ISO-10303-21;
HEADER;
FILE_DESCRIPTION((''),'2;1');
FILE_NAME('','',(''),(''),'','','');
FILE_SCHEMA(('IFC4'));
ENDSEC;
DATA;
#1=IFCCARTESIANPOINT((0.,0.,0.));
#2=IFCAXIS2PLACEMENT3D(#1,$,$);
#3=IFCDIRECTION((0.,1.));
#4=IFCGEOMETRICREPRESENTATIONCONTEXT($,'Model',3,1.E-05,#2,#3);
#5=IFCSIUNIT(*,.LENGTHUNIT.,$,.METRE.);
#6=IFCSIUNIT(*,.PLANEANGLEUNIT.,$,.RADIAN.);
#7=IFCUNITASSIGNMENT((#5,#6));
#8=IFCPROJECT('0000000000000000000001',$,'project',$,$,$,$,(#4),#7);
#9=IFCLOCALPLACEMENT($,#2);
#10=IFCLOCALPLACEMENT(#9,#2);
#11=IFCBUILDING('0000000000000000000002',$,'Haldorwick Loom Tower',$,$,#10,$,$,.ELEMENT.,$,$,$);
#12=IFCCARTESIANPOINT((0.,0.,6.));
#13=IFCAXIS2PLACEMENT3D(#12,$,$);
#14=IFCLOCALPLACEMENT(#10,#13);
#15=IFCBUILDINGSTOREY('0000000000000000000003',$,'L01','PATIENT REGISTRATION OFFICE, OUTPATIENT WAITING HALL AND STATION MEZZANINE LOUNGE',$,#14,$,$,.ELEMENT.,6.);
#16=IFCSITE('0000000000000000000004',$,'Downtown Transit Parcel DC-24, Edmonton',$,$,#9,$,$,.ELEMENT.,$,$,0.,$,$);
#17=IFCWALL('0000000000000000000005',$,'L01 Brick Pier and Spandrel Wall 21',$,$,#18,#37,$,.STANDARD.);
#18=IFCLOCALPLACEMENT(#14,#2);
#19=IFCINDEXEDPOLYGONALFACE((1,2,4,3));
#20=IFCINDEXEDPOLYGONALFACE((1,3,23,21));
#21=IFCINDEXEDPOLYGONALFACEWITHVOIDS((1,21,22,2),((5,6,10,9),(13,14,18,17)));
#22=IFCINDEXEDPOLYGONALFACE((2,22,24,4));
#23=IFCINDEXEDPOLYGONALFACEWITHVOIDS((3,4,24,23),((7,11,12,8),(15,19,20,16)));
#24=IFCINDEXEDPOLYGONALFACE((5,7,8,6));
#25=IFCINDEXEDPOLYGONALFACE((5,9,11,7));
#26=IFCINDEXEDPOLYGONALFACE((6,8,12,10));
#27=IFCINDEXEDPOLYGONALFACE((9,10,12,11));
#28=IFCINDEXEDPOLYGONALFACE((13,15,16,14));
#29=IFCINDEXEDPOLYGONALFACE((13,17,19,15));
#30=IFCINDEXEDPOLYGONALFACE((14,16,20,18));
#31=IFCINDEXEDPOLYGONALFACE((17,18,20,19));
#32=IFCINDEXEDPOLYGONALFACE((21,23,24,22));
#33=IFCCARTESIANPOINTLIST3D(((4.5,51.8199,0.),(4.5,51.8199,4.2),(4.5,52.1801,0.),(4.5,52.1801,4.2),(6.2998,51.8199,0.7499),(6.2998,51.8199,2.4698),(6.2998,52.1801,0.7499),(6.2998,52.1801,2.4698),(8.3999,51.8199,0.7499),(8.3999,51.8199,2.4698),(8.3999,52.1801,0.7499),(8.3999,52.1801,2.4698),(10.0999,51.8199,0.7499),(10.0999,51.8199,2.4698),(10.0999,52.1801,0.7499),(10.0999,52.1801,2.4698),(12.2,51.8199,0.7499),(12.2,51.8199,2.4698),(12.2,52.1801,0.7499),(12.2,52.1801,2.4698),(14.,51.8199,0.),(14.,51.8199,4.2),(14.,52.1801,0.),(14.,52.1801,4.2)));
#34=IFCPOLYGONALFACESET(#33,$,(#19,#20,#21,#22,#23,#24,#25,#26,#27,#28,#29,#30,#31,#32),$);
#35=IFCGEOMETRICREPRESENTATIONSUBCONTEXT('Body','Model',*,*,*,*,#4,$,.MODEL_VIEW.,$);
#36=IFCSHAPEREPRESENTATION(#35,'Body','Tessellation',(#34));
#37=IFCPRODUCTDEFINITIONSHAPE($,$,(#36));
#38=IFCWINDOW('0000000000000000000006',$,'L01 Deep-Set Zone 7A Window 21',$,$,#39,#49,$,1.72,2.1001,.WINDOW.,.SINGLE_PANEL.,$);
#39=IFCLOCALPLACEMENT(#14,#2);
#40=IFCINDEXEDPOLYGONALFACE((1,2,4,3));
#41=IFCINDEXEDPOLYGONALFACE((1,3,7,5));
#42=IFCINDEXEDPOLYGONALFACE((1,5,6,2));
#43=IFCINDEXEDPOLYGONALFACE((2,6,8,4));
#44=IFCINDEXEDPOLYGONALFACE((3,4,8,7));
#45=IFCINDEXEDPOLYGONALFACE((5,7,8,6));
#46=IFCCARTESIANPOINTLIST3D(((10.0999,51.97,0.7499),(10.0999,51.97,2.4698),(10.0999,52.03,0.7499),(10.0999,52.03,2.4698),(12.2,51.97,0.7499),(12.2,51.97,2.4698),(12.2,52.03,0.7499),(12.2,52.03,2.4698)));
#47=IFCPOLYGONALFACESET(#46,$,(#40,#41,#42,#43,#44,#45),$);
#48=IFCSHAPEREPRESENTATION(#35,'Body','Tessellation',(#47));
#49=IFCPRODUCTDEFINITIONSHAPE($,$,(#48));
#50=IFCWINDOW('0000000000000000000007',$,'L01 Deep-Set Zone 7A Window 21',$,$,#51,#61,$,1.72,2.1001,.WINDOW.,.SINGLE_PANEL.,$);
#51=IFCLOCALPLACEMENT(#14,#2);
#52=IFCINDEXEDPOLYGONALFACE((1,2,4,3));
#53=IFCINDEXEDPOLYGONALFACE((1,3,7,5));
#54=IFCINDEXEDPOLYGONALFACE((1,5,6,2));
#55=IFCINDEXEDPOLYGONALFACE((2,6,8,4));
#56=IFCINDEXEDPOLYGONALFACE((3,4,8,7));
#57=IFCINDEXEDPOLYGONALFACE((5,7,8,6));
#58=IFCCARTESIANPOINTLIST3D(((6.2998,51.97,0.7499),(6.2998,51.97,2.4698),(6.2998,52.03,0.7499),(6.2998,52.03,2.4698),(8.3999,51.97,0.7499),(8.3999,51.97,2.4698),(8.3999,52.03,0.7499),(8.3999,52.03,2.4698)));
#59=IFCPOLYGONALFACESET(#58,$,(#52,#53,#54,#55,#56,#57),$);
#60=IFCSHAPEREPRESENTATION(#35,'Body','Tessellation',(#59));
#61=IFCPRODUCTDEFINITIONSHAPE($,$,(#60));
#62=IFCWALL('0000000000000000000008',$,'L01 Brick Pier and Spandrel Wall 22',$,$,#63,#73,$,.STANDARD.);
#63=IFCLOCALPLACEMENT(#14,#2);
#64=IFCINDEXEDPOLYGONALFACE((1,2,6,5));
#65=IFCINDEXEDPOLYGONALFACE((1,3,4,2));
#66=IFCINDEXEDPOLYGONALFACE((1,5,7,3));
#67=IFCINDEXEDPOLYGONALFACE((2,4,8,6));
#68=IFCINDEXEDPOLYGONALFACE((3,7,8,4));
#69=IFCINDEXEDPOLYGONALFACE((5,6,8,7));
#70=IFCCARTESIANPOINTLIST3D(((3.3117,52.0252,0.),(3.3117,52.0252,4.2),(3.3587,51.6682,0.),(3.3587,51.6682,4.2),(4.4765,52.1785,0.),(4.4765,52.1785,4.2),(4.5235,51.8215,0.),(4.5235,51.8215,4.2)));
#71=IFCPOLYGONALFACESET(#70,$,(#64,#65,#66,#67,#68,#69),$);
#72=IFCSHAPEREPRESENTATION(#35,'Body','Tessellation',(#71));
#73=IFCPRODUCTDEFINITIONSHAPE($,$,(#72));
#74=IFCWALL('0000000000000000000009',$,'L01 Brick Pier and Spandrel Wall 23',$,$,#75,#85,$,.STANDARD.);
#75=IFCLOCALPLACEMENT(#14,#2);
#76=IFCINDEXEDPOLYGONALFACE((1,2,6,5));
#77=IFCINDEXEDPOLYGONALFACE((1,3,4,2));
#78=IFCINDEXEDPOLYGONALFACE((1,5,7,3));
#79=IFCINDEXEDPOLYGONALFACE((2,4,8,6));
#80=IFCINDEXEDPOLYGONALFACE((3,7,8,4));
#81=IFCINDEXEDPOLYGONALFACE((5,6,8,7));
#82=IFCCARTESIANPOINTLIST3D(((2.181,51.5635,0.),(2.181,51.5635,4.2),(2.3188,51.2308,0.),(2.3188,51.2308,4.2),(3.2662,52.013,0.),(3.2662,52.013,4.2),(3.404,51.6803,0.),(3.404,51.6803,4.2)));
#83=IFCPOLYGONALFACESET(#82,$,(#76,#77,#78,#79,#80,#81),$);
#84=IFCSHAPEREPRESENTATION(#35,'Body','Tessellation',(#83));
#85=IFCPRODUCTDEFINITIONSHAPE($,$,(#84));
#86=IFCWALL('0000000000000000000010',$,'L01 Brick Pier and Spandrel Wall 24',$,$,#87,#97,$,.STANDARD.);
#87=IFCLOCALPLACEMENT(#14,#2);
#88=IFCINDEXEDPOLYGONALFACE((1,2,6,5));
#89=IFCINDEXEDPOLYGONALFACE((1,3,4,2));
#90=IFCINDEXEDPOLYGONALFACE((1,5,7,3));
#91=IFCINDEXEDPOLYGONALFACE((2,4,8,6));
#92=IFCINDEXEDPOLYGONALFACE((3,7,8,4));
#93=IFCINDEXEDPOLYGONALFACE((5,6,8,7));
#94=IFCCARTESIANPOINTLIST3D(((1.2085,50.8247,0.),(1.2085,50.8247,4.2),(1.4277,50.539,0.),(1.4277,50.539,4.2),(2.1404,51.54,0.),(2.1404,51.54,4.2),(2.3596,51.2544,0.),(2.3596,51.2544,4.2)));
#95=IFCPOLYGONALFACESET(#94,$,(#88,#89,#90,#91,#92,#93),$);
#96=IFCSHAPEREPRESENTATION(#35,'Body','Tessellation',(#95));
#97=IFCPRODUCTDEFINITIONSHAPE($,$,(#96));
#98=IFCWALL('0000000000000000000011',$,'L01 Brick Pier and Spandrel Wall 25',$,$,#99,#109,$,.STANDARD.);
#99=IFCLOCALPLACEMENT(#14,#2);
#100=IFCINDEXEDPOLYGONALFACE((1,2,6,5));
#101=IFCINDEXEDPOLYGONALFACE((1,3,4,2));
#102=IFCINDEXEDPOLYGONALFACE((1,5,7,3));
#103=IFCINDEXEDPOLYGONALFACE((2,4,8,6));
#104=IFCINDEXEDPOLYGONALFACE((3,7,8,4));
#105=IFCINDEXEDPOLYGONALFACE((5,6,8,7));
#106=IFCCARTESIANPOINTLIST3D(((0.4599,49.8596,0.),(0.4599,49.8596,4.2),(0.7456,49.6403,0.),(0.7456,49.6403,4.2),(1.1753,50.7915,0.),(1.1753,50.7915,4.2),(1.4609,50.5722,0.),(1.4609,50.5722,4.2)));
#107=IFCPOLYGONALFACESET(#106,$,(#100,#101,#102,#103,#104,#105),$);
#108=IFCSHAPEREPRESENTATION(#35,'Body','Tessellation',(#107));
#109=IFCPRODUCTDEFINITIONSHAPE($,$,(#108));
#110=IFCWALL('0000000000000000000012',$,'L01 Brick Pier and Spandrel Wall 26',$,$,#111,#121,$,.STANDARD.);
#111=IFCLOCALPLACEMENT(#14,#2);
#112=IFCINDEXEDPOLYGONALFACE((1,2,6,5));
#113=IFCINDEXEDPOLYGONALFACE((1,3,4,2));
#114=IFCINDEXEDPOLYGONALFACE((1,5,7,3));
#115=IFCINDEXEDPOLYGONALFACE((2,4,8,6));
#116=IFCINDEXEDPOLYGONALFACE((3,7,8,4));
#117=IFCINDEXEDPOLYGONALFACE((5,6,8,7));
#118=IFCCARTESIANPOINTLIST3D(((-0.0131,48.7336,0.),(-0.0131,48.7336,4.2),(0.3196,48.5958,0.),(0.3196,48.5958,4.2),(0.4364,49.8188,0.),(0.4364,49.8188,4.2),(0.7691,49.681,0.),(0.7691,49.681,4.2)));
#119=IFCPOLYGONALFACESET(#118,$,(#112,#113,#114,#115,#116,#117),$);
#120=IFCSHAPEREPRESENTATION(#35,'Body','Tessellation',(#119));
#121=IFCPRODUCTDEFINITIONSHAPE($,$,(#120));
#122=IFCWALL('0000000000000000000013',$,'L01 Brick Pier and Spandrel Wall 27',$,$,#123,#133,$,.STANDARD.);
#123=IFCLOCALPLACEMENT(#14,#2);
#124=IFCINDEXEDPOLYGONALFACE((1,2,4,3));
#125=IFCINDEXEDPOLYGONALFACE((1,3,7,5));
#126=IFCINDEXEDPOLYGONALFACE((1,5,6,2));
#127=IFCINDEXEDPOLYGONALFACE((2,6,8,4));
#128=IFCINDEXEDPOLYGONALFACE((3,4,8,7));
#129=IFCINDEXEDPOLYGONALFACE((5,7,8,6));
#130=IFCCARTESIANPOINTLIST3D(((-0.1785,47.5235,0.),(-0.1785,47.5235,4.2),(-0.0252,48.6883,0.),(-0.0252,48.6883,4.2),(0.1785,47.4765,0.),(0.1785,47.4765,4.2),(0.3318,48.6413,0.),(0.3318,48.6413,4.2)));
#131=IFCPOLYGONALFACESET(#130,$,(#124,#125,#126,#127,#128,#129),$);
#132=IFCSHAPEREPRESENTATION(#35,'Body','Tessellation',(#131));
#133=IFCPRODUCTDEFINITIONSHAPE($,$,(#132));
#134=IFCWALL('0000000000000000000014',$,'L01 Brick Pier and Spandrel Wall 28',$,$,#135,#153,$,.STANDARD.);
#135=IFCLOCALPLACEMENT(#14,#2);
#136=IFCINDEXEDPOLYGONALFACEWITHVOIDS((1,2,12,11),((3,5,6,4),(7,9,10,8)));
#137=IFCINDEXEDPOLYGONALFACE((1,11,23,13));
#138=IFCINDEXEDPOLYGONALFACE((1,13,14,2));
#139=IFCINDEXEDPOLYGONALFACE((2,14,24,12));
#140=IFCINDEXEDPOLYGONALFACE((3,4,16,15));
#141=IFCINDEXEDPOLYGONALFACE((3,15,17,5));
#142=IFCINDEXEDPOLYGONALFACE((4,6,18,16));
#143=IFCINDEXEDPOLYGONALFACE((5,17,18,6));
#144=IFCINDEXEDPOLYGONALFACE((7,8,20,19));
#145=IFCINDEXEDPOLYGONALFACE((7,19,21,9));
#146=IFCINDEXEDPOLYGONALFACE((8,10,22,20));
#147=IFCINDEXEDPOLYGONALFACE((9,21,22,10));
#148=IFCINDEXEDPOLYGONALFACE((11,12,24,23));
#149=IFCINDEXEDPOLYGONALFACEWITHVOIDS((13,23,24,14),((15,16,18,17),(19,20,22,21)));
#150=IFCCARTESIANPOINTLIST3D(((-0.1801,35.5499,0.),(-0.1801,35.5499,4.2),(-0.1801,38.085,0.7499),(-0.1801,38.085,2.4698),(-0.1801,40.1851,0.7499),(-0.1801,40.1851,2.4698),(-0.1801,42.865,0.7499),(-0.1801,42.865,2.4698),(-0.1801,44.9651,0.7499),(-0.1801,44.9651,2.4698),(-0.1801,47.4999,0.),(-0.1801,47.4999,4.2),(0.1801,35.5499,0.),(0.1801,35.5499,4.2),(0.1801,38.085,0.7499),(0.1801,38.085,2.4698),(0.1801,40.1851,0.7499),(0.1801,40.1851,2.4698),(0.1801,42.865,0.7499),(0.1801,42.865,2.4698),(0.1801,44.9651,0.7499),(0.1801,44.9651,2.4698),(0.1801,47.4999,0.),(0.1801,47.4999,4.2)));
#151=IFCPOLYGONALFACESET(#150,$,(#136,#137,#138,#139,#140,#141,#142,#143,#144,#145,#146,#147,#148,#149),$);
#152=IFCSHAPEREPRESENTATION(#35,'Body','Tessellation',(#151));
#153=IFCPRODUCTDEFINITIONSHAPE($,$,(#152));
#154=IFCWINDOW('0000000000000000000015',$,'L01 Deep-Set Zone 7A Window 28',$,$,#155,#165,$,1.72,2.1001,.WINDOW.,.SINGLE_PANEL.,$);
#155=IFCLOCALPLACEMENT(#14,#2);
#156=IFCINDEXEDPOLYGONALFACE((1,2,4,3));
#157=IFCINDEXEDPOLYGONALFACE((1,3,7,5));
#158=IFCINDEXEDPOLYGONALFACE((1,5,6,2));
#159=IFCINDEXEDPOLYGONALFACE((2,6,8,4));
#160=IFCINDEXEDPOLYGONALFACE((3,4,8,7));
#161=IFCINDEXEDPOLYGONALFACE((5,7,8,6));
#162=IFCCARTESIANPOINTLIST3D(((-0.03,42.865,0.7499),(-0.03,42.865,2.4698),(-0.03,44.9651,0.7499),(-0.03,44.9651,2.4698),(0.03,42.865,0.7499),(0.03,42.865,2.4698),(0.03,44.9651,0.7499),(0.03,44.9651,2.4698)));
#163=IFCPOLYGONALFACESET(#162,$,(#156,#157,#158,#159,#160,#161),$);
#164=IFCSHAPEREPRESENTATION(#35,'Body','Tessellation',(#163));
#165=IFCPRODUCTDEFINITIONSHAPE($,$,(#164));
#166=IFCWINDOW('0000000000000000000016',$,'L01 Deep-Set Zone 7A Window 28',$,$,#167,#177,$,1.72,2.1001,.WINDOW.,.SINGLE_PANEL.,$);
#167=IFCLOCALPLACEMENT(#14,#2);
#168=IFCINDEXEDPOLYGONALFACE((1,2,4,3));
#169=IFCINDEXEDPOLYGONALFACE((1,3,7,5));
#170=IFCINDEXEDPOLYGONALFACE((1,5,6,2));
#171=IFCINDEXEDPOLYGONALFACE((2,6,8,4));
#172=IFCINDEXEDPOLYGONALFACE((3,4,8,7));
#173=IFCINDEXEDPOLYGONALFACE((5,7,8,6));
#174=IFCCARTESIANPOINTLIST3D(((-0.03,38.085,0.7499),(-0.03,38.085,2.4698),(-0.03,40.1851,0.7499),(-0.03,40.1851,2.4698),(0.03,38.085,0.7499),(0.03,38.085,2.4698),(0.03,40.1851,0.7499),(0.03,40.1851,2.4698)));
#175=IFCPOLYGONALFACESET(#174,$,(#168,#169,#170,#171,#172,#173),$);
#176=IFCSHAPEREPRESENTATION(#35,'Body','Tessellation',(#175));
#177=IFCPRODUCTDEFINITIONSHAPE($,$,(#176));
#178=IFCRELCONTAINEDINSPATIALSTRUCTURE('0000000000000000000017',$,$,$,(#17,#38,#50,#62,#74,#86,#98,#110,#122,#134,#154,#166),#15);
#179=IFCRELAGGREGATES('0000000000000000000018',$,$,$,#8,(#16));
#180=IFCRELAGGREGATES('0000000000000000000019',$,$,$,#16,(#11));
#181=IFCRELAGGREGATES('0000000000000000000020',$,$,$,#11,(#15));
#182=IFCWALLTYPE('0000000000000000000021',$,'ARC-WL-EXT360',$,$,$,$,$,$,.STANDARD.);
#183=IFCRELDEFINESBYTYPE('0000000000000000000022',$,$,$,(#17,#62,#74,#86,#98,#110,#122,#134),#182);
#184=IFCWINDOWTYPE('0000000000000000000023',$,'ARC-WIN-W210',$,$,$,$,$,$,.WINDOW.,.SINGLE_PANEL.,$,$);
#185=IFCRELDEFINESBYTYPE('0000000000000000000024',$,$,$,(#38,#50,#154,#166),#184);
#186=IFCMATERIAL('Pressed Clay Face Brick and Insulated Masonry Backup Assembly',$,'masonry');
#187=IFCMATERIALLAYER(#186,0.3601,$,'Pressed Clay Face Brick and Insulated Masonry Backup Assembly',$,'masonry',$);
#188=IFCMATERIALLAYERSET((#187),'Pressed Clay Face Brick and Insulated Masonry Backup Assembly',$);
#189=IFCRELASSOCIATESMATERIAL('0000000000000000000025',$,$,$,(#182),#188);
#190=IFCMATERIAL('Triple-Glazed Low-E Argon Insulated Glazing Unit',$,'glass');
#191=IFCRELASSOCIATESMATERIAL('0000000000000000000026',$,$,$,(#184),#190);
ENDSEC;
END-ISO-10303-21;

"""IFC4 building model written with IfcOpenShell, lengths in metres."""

from ifc_helpers import new_model, si_unit, direction, frame, frame_2d, origin, place, context, subcontext, project, spatial, rectangle, extrude, material, layer, layer_set, type_object, element, fill, save


model = new_model("IFC4")

# Units and contexts
model_context = context("Model", 3, precision=1e-05, world=origin(), true_north=direction((0.0, 1.0)))
body_context = subcontext(model_context, "Body", "Model", "MODEL_VIEW")
ifc_project = project(units=[si_unit("LENGTHUNIT", "METRE"), si_unit("PLANEANGLEUNIT", "RADIAN")], contexts=[model_context])

# Site, building, storey
site_placement = place(None, origin())
site = spatial("IfcSite", under=ifc_project, at=site_placement, Name="Downtown Transit Parcel DC-24, Edmonton", CompositionType="ELEMENT", RefElevation=0.0)
building_placement = place(site_placement, origin())
building = spatial("IfcBuilding", under=site, at=building_placement, Name="Haldorwick Loom Tower", CompositionType="ELEMENT")
storey_placement = place(building_placement, frame((0.0, 0.0, 6.0)))
storey = spatial("IfcBuildingStorey", under=building, at=storey_placement, Name="L01", Description="PATIENT REGISTRATION OFFICE, OUTPATIENT WAITING HALL AND STATION MEZZANINE LOUNGE", CompositionType="ELEMENT", Elevation=6.0)

# Shared definitions
ifc_material_1 = material(Name="Triple-Glazed Low-E Argon Insulated Glazing Unit", Category="glass")

# Wall, openings, windows
ifc_material_2 = material(Name="Pressed Clay Face Brick and Insulated Masonry Backup Assembly", Category="masonry")
ifc_layer_1 = layer(ifc_material_2, 0.3601, Name="Pressed Clay Face Brick and Insulated Masonry Backup Assembly", Category="masonry")
ifc_layer_set_1 = layer_set([ifc_layer_1], Name="Pressed Clay Face Brick and Insulated Masonry Backup Assembly")
wall_type_1 = type_object("IfcWallType", Name="ARC-WL-EXT360", PredefinedType="STANDARD", material=ifc_layer_set_1)
wall_1_placement = place(storey_placement, frame((14.0, 52.0, 0.0), z_axis=(0.0, 0.0, 1.0), x_axis=(-1.0, 0.0, 0.0)))
wall_1 = element("IfcWall", 1, at=wall_1_placement, inside=storey, type_object=wall_type_1, Name="L01 Brick Pier and Spandrel Wall 21", PredefinedType="STANDARD", context=body_context, shape_type="SweptSolid", body=[
    extrude(rectangle(XDim=9.5, YDim=0.3601, at=frame_2d((4.75, 0.0))), origin(), (0.0, 0.0, 1.0), 4.2),
])
opening_1_placement = place(wall_1_placement, frame((1.8, 0.0, 0.75)))
opening_1 = element("IfcOpeningElement", 2, at=opening_1_placement, cuts=wall_1, PredefinedType="OPENING", context=body_context, shape_type="SweptSolid", body=[
    extrude(rectangle(XDim=2.1001, YDim=1.72, at=frame_2d((1.05, 0.8599))), frame((0.0, 0.1899, 0.0), z_axis=(0.0, -1.0, 0.0), x_axis=(1.0, 0.0, 0.0)), (0.0, 0.0, 1.0), 0.3801),
])
opening_2_placement = place(wall_1_placement, frame((5.6001, 0.0, 0.75)))
opening_2 = element("IfcOpeningElement", 3, at=opening_2_placement, cuts=wall_1, PredefinedType="OPENING", context=body_context, shape_type="SweptSolid", body=[
    extrude(rectangle(XDim=2.1001, YDim=1.72, at=frame_2d((1.05, 0.8599))), frame((0.0, 0.1899, 0.0), z_axis=(0.0, -1.0, 0.0), x_axis=(1.0, 0.0, 0.0)), (0.0, 0.0, 1.0), 0.3801),
])
window_type = type_object("IfcWindowType", Name="ARC-WIN-W210", PartitioningType="SINGLE_PANEL", PredefinedType="WINDOW", material=ifc_material_1)
window_1_placement = place(opening_1_placement, origin())
window_1 = element("IfcWindow", 4, at=window_1_placement, inside=storey, type_object=window_type, Name="L01 Deep-Set Zone 7A Window 21", OverallHeight=1.72, OverallWidth=2.1001, PartitioningType="SINGLE_PANEL", PredefinedType="WINDOW", context=body_context, shape_type="SweptSolid", body=[
    extrude(rectangle(XDim=2.1001, YDim=1.72, at=frame_2d((1.05, 0.8599))), frame((0.0, 0.03, 0.0), z_axis=(0.0, -1.0, 0.0), x_axis=(1.0, 0.0, 0.0)), (0.0, 0.0, 1.0), 0.0601),
])
fill(opening_1, window_1)
window_2_placement = place(opening_2_placement, origin())
window_2 = element("IfcWindow", 5, at=window_2_placement, inside=storey, type_object=window_type, Name="L01 Deep-Set Zone 7A Window 21", OverallHeight=1.72, OverallWidth=2.1001, PartitioningType="SINGLE_PANEL", PredefinedType="WINDOW", context=body_context, shape_type="SweptSolid", body=[
    extrude(rectangle(XDim=2.1001, YDim=1.72, at=frame_2d((1.05, 0.8599))), frame((0.0, 0.03, 0.0), z_axis=(0.0, -1.0, 0.0), x_axis=(1.0, 0.0, 0.0)), (0.0, 0.0, 1.0), 0.0601),
])
fill(opening_2, window_2)

# Walls
wall_2_placement = place(storey_placement, frame((4.5, 52.0, 0.0), z_axis=(0.0, 0.0, 1.0), x_axis=(-0.991448, -0.130503, 0.0)))
element("IfcWall", 6, at=wall_2_placement, inside=storey, type_object=wall_type_1, Name="L01 Brick Pier and Spandrel Wall 22", PredefinedType="STANDARD", context=body_context, shape_type="SweptSolid", body=[
    extrude(rectangle(XDim=1.1748, YDim=0.3601, at=frame_2d((0.5874, 0.0))), origin(), (0.0, 0.0, 1.0), 4.2),
])
wall_3_placement = place(storey_placement, frame((3.3352, 51.8467, 0.0), z_axis=(0.0, 0.0, 1.0), x_axis=(-0.923893, -0.382652, 0.0)))
element("IfcWall", 7, at=wall_3_placement, inside=storey, type_object=wall_type_1, Name="L01 Brick Pier and Spandrel Wall 23", PredefinedType="STANDARD", context=body_context, shape_type="SweptSolid", body=[
    extrude(rectangle(XDim=1.1746, YDim=0.3601, at=frame_2d((0.5874, 0.0))), origin(), (0.0, 0.0, 1.0), 4.2),
])
for number, where, z_axis, x_axis, name in (
    (8, (2.25, 51.3972, 0.0), (0.0, 0.0, 1.0), (-0.793242, -0.608907, 0.0), "L01 Brick Pier and Spandrel Wall 24"),
    (9, (1.3181, 50.6819, 0.0), (0.0, 0.0, 1.0), (-0.608907, -0.793242, 0.0), "L01 Brick Pier and Spandrel Wall 25"),
):
    element("IfcWall", number, at=place(storey_placement, frame(where, z_axis=z_axis, x_axis=x_axis)), inside=storey, type_object=wall_type_1, Name=name, PredefinedType="STANDARD", context=body_context, shape_type="SweptSolid", body=[
        extrude(rectangle(XDim=1.1748, YDim=0.3601, at=frame_2d((0.5874, 0.0))), origin(), (0.0, 0.0, 1.0), 4.2),
    ])
wall_4_placement = place(storey_placement, frame((0.6028, 49.75, 0.0), z_axis=(0.0, 0.0, 1.0), x_axis=(-0.382652, -0.923893, 0.0)))
element("IfcWall", 10, at=wall_4_placement, inside=storey, type_object=wall_type_1, Name="L01 Brick Pier and Spandrel Wall 26", PredefinedType="STANDARD", context=body_context, shape_type="SweptSolid", body=[
    extrude(rectangle(XDim=1.1746, YDim=0.3601, at=frame_2d((0.5874, 0.0))), origin(), (0.0, 0.0, 1.0), 4.2),
])
wall_5_placement = place(storey_placement, frame((0.1533, 48.6648, 0.0), z_axis=(0.0, 0.0, 1.0), x_axis=(-0.130503, -0.991448, 0.0)))
element("IfcWall", 11, at=wall_5_placement, inside=storey, type_object=wall_type_1, Name="L01 Brick Pier and Spandrel Wall 27", PredefinedType="STANDARD", context=body_context, shape_type="SweptSolid", body=[
    extrude(rectangle(XDim=1.1748, YDim=0.3601, at=frame_2d((0.5874, 0.0))), origin(), (0.0, 0.0, 1.0), 4.2),
])

# Wall, openings, windows
wall_6_placement = place(storey_placement, frame((0.0, 47.5, 0.0), z_axis=(0.0, 0.0, 1.0), x_axis=(0.0, -1.0, 0.0)))
wall_6 = element("IfcWall", 12, at=wall_6_placement, inside=storey, type_object=wall_type_1, Name="L01 Brick Pier and Spandrel Wall 28", PredefinedType="STANDARD", context=body_context, shape_type="SweptSolid", body=[
    extrude(rectangle(XDim=11.95, YDim=0.3601, at=frame_2d((5.9751, 0.0))), origin(), (0.0, 0.0, 1.0), 4.2),
])
opening_3_placement = place(wall_6_placement, frame((2.5349, 0.0, 0.75)))
opening_3 = element("IfcOpeningElement", 13, at=opening_3_placement, cuts=wall_6, PredefinedType="OPENING", context=body_context, shape_type="SweptSolid", body=[
    extrude(rectangle(XDim=2.1001, YDim=1.72, at=frame_2d((1.05, 0.8599))), frame((0.0, 0.1899, 0.0), z_axis=(0.0, -1.0, 0.0), x_axis=(1.0, 0.0, 0.0)), (0.0, 0.0, 1.0), 0.3801),
])
opening_4_placement = place(wall_6_placement, frame((7.3149, 0.0, 0.75)))
opening_4 = element("IfcOpeningElement", 14, at=opening_4_placement, cuts=wall_6, PredefinedType="OPENING", context=body_context, shape_type="SweptSolid", body=[
    extrude(rectangle(XDim=2.1001, YDim=1.72, at=frame_2d((1.05, 0.8599))), frame((0.0, 0.1899, 0.0), z_axis=(0.0, -1.0, 0.0), x_axis=(1.0, 0.0, 0.0)), (0.0, 0.0, 1.0), 0.3801),
])
window_3_placement = place(opening_3_placement, origin())
window_3 = element("IfcWindow", 15, at=window_3_placement, inside=storey, type_object=window_type, Name="L01 Deep-Set Zone 7A Window 28", OverallHeight=1.72, OverallWidth=2.1001, PartitioningType="SINGLE_PANEL", PredefinedType="WINDOW", context=body_context, shape_type="SweptSolid", body=[
    extrude(rectangle(XDim=2.1001, YDim=1.72, at=frame_2d((1.05, 0.8599))), frame((0.0, 0.03, 0.0), z_axis=(0.0, -1.0, 0.0), x_axis=(1.0, 0.0, 0.0)), (0.0, 0.0, 1.0), 0.0601),
])
fill(opening_3, window_3)
window_4_placement = place(opening_4_placement, origin())
window_4 = element("IfcWindow", 16, at=window_4_placement, inside=storey, type_object=window_type, Name="L01 Deep-Set Zone 7A Window 28", OverallHeight=1.72, OverallWidth=2.1001, PartitioningType="SINGLE_PANEL", PredefinedType="WINDOW", context=body_context, shape_type="SweptSolid", body=[
    extrude(rectangle(XDim=2.1001, YDim=1.72, at=frame_2d((1.05, 0.8599))), frame((0.0, 0.03, 0.0), z_axis=(0.0, -1.0, 0.0), x_axis=(1.0, 0.0, 0.0)), (0.0, 0.0, 1.0), 0.0601),
])
fill(opening_4, window_4)

save(model, "model.ifc")
